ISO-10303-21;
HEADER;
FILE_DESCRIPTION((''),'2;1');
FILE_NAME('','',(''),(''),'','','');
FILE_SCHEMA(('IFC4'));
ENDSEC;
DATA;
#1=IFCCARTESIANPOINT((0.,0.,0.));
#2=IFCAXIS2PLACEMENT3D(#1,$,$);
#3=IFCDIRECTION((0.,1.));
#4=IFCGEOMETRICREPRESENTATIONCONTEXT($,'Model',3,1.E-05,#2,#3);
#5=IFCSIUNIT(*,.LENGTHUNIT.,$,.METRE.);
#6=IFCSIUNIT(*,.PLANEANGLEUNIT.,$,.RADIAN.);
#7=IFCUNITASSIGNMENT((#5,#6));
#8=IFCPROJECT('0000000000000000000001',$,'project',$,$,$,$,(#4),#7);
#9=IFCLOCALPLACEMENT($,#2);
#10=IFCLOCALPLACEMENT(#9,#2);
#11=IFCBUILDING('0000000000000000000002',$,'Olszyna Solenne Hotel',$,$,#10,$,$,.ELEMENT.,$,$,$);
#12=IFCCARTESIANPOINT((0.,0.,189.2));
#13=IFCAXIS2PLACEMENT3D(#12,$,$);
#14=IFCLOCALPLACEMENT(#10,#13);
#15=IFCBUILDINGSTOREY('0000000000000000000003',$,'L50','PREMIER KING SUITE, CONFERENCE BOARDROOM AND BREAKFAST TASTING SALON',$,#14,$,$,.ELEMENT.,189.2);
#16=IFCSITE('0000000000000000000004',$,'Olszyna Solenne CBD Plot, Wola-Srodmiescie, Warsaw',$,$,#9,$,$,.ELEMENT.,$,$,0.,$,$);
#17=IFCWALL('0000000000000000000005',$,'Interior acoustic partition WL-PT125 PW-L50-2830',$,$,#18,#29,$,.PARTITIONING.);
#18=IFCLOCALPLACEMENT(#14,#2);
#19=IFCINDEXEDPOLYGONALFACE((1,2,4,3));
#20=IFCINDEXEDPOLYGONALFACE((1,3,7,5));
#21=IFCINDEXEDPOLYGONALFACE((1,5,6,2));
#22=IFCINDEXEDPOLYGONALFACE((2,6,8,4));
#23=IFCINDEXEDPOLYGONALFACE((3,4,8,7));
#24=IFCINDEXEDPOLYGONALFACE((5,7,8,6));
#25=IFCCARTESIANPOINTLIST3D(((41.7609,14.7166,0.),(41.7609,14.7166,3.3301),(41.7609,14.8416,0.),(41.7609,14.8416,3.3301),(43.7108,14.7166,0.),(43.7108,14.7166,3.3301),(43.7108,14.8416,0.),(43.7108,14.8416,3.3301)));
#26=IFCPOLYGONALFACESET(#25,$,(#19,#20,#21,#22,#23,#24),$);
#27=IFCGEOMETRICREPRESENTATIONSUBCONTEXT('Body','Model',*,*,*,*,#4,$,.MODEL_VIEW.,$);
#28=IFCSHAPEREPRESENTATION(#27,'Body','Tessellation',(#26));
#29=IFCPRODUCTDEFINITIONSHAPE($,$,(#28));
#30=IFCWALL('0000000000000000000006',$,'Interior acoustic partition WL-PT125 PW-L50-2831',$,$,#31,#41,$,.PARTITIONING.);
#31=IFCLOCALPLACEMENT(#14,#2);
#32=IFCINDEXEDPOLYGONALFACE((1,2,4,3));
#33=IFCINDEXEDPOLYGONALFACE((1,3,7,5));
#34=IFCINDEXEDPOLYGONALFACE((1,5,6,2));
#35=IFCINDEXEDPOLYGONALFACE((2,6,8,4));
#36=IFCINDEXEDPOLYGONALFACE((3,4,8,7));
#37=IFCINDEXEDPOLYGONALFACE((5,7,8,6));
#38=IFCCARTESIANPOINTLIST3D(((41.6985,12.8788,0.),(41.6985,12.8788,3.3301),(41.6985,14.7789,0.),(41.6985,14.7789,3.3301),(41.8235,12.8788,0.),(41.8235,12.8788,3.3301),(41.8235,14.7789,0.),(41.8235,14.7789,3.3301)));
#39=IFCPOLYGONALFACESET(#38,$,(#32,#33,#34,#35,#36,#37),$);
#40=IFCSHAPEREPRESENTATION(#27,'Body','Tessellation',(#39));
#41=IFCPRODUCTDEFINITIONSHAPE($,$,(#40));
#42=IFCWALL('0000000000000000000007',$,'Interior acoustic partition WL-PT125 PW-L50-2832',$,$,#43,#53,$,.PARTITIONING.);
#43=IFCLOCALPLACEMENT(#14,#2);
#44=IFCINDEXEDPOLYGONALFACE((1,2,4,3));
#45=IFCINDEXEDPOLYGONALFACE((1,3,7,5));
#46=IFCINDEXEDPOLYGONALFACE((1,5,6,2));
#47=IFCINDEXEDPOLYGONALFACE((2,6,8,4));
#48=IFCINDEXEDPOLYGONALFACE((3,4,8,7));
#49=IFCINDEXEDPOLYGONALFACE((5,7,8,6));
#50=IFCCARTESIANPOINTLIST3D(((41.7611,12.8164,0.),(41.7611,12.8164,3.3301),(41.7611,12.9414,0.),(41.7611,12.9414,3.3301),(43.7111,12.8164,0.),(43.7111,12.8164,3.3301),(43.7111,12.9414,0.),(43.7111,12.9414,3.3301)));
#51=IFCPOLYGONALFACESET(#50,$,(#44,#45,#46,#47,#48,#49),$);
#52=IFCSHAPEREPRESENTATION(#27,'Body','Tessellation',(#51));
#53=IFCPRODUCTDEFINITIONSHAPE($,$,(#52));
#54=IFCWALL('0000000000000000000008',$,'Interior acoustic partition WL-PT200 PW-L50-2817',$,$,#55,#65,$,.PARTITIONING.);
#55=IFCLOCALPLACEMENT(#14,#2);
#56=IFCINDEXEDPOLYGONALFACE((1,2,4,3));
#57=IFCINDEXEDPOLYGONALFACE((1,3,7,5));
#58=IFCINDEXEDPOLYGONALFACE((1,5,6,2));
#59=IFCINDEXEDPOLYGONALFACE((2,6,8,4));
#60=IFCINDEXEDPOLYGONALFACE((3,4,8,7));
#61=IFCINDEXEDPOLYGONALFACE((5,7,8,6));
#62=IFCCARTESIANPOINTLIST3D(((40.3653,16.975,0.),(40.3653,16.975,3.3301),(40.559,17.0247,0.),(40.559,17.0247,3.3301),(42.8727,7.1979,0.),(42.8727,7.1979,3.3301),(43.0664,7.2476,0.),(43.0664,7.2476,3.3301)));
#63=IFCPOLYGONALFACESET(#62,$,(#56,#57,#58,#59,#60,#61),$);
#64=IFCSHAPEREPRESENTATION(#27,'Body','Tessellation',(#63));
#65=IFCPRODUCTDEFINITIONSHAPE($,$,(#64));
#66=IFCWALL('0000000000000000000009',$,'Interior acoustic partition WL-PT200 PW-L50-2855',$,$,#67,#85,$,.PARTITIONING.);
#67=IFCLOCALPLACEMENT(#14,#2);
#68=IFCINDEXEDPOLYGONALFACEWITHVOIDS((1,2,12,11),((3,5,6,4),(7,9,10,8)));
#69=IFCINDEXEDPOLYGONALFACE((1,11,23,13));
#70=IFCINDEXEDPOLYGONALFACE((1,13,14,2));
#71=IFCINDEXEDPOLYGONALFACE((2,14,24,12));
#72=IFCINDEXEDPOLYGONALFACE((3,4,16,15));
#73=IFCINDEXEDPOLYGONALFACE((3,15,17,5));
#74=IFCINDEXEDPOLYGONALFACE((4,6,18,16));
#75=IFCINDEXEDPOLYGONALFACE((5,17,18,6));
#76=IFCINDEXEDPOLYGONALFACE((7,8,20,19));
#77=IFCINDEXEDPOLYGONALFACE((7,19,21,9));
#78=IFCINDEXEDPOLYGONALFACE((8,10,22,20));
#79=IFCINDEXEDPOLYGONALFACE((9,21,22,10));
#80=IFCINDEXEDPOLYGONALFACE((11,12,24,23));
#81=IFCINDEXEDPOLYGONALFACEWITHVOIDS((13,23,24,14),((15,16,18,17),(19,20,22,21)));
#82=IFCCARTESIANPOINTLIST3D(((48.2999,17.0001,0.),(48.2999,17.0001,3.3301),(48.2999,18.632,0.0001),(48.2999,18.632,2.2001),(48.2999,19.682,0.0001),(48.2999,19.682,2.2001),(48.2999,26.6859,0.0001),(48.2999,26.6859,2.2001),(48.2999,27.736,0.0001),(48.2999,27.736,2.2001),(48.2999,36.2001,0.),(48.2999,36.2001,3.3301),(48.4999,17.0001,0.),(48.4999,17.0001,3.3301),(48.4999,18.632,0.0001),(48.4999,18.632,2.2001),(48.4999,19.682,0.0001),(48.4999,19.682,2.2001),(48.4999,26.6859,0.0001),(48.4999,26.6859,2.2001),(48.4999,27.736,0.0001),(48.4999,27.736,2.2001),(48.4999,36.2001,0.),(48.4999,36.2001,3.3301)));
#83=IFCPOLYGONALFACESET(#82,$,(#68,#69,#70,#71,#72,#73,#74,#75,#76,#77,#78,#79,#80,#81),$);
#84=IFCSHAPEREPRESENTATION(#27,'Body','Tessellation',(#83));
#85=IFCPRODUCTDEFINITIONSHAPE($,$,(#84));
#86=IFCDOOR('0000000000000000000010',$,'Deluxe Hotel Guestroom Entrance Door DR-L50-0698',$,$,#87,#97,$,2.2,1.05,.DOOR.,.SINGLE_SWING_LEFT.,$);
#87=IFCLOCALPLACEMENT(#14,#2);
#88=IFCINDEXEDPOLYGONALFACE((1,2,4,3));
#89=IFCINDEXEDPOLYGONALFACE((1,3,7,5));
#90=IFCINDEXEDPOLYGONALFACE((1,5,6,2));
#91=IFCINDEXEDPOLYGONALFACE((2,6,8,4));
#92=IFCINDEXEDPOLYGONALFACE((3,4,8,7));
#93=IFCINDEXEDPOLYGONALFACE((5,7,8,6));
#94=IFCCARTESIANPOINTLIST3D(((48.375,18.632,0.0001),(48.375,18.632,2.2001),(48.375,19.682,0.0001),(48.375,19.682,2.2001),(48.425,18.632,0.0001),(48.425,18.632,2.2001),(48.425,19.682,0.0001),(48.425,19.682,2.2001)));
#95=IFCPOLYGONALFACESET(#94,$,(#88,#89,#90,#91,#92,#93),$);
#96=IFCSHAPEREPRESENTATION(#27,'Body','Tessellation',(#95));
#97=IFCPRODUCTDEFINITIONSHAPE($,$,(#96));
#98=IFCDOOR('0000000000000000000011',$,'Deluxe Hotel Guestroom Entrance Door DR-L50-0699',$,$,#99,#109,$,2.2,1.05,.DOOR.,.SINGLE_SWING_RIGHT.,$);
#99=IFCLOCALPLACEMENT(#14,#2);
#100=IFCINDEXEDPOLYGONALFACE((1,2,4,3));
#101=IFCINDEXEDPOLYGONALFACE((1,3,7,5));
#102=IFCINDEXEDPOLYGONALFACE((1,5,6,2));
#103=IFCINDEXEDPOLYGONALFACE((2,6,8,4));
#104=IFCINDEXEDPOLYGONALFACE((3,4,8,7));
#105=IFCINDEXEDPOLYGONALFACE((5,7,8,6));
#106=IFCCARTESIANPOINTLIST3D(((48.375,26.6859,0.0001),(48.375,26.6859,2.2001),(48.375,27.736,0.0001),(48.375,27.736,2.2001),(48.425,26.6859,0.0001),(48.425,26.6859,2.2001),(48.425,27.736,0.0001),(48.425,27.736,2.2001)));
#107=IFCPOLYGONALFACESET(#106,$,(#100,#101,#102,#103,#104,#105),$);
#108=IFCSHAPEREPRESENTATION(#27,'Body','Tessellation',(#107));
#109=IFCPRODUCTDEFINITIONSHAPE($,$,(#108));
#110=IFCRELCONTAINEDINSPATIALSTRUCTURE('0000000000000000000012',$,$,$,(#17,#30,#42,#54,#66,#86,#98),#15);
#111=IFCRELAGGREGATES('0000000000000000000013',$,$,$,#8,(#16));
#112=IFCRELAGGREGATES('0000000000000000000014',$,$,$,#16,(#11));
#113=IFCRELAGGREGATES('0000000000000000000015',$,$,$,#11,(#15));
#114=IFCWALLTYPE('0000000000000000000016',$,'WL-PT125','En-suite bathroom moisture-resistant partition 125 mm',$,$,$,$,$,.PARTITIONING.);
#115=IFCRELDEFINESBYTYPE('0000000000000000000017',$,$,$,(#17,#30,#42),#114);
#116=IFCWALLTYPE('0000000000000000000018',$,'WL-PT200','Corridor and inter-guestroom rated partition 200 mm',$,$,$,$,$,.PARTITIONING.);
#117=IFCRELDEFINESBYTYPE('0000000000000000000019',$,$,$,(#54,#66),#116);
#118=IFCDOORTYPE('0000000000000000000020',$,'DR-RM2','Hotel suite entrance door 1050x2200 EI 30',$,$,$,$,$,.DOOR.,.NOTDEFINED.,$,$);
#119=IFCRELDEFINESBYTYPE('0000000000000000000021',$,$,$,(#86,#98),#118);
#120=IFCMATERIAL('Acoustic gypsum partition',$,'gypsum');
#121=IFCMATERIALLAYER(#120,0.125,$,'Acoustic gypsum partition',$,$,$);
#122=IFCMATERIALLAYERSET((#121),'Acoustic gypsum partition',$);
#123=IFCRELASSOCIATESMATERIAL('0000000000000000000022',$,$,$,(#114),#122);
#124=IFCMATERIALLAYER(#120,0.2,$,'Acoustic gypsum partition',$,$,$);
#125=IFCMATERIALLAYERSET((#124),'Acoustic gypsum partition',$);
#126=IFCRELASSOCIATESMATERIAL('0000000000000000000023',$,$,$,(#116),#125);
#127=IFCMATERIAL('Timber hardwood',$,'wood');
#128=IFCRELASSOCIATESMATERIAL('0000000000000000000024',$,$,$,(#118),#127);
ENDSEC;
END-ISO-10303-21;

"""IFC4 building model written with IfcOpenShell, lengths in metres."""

from ifc_helpers import new_model, si_unit, direction, frame, frame_2d, origin, place, context, subcontext, project, spatial, rectangle, extrude, source, transform, mapped, material, layer, layer_set, type_object, type_shapes, element, fill, save


model = new_model("IFC4")

# Units and contexts
model_context = context("Model", 3, precision=1e-05, world=origin(), true_north=direction((0.0, 1.0)))
body_context = subcontext(model_context, "Body", "Model", "MODEL_VIEW")
ifc_project = project(units=[si_unit("LENGTHUNIT", "METRE"), si_unit("PLANEANGLEUNIT", "RADIAN")], contexts=[model_context])

# Site, building, storey
site_placement = place(None, origin())
site = spatial("IfcSite", under=ifc_project, at=site_placement, Name="Olszyna Solenne CBD Plot, Wola-Srodmiescie, Warsaw", CompositionType="ELEMENT", RefElevation=0.0)
building_placement = place(site_placement, origin())
building = spatial("IfcBuilding", under=site, at=building_placement, Name="Olszyna Solenne Hotel", CompositionType="ELEMENT")
storey_placement = place(building_placement, frame((0.0, 0.0, 189.2)))
storey = spatial("IfcBuildingStorey", under=building, at=storey_placement, Name="L50", Description="PREMIER KING SUITE, CONFERENCE BOARDROOM AND BREAKFAST TASTING SALON", CompositionType="ELEMENT", Elevation=189.2)

# Shared definitions
ifc_material_1 = material(Name="Acoustic gypsum partition", Category="gypsum")
ifc_layer_1 = layer(ifc_material_1, 0.125, Name="Acoustic gypsum partition")
ifc_layer_set_1 = layer_set([ifc_layer_1], Name="Acoustic gypsum partition")
wall_type_1 = type_object("IfcWallType", Name="WL-PT125", Description="En-suite bathroom moisture-resistant partition 125 mm", PredefinedType="PARTITIONING", material=ifc_layer_set_1)

# Shared definitions
ifc_material_2 = material(Name="Timber hardwood", Category="wood")

# Walls
wall_1_placement = place(storey_placement, frame((43.7109, 14.7791, 0.0), z_axis=(0.0, 0.0, 1.0), x_axis=(-1.0, 0.0, 0.0)))
element("IfcWall", 1, at=wall_1_placement, inside=storey, type_object=wall_type_1, Name="Interior acoustic partition WL-PT125 PW-L50-2830", PredefinedType="PARTITIONING", context=body_context, shape_type="SweptSolid", body=[
    extrude(rectangle(XDim=1.95, YDim=0.125, at=frame_2d((0.9751, 0.0))), origin(), (0.0, 0.0, 1.0), 3.3301),
])
wall_2_placement = place(storey_placement, frame((41.761, 14.7791, 0.0), z_axis=(0.0, 0.0, 1.0), x_axis=(0.0, -1.0, 0.0)))
element("IfcWall", 2, at=wall_2_placement, inside=storey, type_object=wall_type_1, Name="Interior acoustic partition WL-PT125 PW-L50-2831", PredefinedType="PARTITIONING", context=body_context, shape_type="SweptSolid", body=[
    extrude(rectangle(XDim=1.9001, YDim=0.125, at=frame_2d((0.9502, 0.0))), origin(), (0.0, 0.0, 1.0), 3.3301),
])
wall_3_placement = place(storey_placement, frame((41.761, 12.8789, 0.0), z_axis=(0.0, 0.0, 1.0), x_axis=(1.0, 0.0, 0.0)))
element("IfcWall", 3, at=wall_3_placement, inside=storey, type_object=wall_type_1, Name="Interior acoustic partition WL-PT125 PW-L50-2832", PredefinedType="PARTITIONING", context=body_context, shape_type="SweptSolid", body=[
    extrude(rectangle(XDim=1.95, YDim=0.125, at=frame_2d((0.9751, 0.0))), origin(), (0.0, 0.0, 1.0), 3.3301),
])
ifc_layer_2 = layer(ifc_material_1, 0.2, Name="Acoustic gypsum partition")
ifc_layer_set_2 = layer_set([ifc_layer_2], Name="Acoustic gypsum partition")
wall_type_2 = type_object("IfcWallType", Name="WL-PT200", Description="Corridor and inter-guestroom rated partition 200 mm", PredefinedType="PARTITIONING", material=ifc_layer_set_2)
wall_4_placement = place(storey_placement, frame((40.4622, 17.0, 0.0), z_axis=(0.0, 0.0, 1.0), x_axis=(0.24841, -0.968655, 0.0)))
element("IfcWall", 4, at=wall_4_placement, inside=storey, type_object=wall_type_2, Name="Interior acoustic partition WL-PT200 PW-L50-2817", PredefinedType="PARTITIONING", context=body_context, shape_type="SweptSolid", body=[
    extrude(rectangle(XDim=10.0935, YDim=0.2, at=frame_2d((5.0469, 0.0))), origin(), (0.0, 0.0, 1.0), 3.3301),
])

# Wall, openings, doors
wall_5_placement = place(storey_placement, frame((48.3999, 17.0, 0.0), z_axis=(0.0, 0.0, 1.0), x_axis=(0.0, 1.0, 0.0)))
wall_5 = element("IfcWall", 5, at=wall_5_placement, inside=storey, type_object=wall_type_2, Name="Interior acoustic partition WL-PT200 PW-L50-2855", PredefinedType="PARTITIONING", context=body_context, shape_type="SweptSolid", body=[
    extrude(rectangle(XDim=19.2, YDim=0.2, at=frame_2d((9.6001, 0.0))), origin(), (0.0, 0.0, 1.0), 3.3301),
])
opening_1_placement = place(wall_5_placement, frame((1.6321, 0.0, 0.0)))
opening_1 = element("IfcOpeningElement", 6, at=opening_1_placement, cuts=wall_5, PredefinedType="OPENING", context=body_context, shape_type="SweptSolid", body=[
    extrude(rectangle(XDim=1.05, YDim=2.2, at=frame_2d((0.5249, 1.1001))), frame((0.0, 0.1099, 0.0), z_axis=(0.0, -1.0, 0.0), x_axis=(1.0, 0.0, 0.0)), (0.0, 0.0, 1.0), 0.22),
])
opening_2_placement = place(wall_5_placement, frame((9.686, 0.0, 0.0)))
opening_2 = element("IfcOpeningElement", 7, at=opening_2_placement, cuts=wall_5, PredefinedType="OPENING", context=body_context, shape_type="SweptSolid", body=[
    extrude(rectangle(XDim=1.05, YDim=2.2, at=frame_2d((0.5249, 1.1001))), frame((0.0, 0.1099, 0.0), z_axis=(0.0, -1.0, 0.0), x_axis=(1.0, 0.0, 0.0)), (0.0, 0.0, 1.0), 0.22),
])
door_type_1 = type_object("IfcDoorType", Name="DR-RM2", Description="Hotel suite entrance door 1050x2200 EI 30", OperationType="NOTDEFINED", PredefinedType="DOOR", material=ifc_material_2)
shared_shape_1 = source(origin(), body_context, "Body", "SweptSolid", [
    extrude(rectangle(XDim=1.05, YDim=2.2, at=frame_2d((0.5249, 1.1001))), frame((0.0, 0.0249, 0.0), z_axis=(0.0, -1.0, 0.0), x_axis=(1.0, 0.0, 0.0)), (0.0, 0.0, 1.0), 0.05),
])
type_shapes(door_type_1, [shared_shape_1])
door_1_placement = place(opening_1_placement, origin())
door_1 = element("IfcDoor", 8, at=door_1_placement, inside=storey, type_object=door_type_1, Name="Deluxe Hotel Guestroom Entrance Door DR-L50-0698", OperationType="SINGLE_SWING_LEFT", OverallHeight=2.2, OverallWidth=1.05, PredefinedType="DOOR", context=body_context, shape_type="MappedRepresentation", body=[
    mapped(shared_shape_1, transform((0.0, 0.0, 0.0), x_axis=(1.0, 0.0, 0.0), y_axis=(0.0, 1.0, 0.0), z_axis=(0.0, 0.0, 1.0), scale=1.0)),
])
fill(opening_1, door_1)
door_2_placement = place(opening_2_placement, origin())
door_2 = element("IfcDoor", 9, at=door_2_placement, inside=storey, type_object=door_type_1, Name="Deluxe Hotel Guestroom Entrance Door DR-L50-0699", OperationType="SINGLE_SWING_RIGHT", OverallHeight=2.2, OverallWidth=1.05, PredefinedType="DOOR", context=body_context, shape_type="MappedRepresentation", body=[
    mapped(shared_shape_1, transform((0.0, 0.0, 0.0), x_axis=(1.0, 0.0, 0.0), y_axis=(0.0, 1.0, 0.0), z_axis=(0.0, 0.0, 1.0), scale=1.0)),
])
fill(opening_2, door_2)

save(model, "model.ifc")
